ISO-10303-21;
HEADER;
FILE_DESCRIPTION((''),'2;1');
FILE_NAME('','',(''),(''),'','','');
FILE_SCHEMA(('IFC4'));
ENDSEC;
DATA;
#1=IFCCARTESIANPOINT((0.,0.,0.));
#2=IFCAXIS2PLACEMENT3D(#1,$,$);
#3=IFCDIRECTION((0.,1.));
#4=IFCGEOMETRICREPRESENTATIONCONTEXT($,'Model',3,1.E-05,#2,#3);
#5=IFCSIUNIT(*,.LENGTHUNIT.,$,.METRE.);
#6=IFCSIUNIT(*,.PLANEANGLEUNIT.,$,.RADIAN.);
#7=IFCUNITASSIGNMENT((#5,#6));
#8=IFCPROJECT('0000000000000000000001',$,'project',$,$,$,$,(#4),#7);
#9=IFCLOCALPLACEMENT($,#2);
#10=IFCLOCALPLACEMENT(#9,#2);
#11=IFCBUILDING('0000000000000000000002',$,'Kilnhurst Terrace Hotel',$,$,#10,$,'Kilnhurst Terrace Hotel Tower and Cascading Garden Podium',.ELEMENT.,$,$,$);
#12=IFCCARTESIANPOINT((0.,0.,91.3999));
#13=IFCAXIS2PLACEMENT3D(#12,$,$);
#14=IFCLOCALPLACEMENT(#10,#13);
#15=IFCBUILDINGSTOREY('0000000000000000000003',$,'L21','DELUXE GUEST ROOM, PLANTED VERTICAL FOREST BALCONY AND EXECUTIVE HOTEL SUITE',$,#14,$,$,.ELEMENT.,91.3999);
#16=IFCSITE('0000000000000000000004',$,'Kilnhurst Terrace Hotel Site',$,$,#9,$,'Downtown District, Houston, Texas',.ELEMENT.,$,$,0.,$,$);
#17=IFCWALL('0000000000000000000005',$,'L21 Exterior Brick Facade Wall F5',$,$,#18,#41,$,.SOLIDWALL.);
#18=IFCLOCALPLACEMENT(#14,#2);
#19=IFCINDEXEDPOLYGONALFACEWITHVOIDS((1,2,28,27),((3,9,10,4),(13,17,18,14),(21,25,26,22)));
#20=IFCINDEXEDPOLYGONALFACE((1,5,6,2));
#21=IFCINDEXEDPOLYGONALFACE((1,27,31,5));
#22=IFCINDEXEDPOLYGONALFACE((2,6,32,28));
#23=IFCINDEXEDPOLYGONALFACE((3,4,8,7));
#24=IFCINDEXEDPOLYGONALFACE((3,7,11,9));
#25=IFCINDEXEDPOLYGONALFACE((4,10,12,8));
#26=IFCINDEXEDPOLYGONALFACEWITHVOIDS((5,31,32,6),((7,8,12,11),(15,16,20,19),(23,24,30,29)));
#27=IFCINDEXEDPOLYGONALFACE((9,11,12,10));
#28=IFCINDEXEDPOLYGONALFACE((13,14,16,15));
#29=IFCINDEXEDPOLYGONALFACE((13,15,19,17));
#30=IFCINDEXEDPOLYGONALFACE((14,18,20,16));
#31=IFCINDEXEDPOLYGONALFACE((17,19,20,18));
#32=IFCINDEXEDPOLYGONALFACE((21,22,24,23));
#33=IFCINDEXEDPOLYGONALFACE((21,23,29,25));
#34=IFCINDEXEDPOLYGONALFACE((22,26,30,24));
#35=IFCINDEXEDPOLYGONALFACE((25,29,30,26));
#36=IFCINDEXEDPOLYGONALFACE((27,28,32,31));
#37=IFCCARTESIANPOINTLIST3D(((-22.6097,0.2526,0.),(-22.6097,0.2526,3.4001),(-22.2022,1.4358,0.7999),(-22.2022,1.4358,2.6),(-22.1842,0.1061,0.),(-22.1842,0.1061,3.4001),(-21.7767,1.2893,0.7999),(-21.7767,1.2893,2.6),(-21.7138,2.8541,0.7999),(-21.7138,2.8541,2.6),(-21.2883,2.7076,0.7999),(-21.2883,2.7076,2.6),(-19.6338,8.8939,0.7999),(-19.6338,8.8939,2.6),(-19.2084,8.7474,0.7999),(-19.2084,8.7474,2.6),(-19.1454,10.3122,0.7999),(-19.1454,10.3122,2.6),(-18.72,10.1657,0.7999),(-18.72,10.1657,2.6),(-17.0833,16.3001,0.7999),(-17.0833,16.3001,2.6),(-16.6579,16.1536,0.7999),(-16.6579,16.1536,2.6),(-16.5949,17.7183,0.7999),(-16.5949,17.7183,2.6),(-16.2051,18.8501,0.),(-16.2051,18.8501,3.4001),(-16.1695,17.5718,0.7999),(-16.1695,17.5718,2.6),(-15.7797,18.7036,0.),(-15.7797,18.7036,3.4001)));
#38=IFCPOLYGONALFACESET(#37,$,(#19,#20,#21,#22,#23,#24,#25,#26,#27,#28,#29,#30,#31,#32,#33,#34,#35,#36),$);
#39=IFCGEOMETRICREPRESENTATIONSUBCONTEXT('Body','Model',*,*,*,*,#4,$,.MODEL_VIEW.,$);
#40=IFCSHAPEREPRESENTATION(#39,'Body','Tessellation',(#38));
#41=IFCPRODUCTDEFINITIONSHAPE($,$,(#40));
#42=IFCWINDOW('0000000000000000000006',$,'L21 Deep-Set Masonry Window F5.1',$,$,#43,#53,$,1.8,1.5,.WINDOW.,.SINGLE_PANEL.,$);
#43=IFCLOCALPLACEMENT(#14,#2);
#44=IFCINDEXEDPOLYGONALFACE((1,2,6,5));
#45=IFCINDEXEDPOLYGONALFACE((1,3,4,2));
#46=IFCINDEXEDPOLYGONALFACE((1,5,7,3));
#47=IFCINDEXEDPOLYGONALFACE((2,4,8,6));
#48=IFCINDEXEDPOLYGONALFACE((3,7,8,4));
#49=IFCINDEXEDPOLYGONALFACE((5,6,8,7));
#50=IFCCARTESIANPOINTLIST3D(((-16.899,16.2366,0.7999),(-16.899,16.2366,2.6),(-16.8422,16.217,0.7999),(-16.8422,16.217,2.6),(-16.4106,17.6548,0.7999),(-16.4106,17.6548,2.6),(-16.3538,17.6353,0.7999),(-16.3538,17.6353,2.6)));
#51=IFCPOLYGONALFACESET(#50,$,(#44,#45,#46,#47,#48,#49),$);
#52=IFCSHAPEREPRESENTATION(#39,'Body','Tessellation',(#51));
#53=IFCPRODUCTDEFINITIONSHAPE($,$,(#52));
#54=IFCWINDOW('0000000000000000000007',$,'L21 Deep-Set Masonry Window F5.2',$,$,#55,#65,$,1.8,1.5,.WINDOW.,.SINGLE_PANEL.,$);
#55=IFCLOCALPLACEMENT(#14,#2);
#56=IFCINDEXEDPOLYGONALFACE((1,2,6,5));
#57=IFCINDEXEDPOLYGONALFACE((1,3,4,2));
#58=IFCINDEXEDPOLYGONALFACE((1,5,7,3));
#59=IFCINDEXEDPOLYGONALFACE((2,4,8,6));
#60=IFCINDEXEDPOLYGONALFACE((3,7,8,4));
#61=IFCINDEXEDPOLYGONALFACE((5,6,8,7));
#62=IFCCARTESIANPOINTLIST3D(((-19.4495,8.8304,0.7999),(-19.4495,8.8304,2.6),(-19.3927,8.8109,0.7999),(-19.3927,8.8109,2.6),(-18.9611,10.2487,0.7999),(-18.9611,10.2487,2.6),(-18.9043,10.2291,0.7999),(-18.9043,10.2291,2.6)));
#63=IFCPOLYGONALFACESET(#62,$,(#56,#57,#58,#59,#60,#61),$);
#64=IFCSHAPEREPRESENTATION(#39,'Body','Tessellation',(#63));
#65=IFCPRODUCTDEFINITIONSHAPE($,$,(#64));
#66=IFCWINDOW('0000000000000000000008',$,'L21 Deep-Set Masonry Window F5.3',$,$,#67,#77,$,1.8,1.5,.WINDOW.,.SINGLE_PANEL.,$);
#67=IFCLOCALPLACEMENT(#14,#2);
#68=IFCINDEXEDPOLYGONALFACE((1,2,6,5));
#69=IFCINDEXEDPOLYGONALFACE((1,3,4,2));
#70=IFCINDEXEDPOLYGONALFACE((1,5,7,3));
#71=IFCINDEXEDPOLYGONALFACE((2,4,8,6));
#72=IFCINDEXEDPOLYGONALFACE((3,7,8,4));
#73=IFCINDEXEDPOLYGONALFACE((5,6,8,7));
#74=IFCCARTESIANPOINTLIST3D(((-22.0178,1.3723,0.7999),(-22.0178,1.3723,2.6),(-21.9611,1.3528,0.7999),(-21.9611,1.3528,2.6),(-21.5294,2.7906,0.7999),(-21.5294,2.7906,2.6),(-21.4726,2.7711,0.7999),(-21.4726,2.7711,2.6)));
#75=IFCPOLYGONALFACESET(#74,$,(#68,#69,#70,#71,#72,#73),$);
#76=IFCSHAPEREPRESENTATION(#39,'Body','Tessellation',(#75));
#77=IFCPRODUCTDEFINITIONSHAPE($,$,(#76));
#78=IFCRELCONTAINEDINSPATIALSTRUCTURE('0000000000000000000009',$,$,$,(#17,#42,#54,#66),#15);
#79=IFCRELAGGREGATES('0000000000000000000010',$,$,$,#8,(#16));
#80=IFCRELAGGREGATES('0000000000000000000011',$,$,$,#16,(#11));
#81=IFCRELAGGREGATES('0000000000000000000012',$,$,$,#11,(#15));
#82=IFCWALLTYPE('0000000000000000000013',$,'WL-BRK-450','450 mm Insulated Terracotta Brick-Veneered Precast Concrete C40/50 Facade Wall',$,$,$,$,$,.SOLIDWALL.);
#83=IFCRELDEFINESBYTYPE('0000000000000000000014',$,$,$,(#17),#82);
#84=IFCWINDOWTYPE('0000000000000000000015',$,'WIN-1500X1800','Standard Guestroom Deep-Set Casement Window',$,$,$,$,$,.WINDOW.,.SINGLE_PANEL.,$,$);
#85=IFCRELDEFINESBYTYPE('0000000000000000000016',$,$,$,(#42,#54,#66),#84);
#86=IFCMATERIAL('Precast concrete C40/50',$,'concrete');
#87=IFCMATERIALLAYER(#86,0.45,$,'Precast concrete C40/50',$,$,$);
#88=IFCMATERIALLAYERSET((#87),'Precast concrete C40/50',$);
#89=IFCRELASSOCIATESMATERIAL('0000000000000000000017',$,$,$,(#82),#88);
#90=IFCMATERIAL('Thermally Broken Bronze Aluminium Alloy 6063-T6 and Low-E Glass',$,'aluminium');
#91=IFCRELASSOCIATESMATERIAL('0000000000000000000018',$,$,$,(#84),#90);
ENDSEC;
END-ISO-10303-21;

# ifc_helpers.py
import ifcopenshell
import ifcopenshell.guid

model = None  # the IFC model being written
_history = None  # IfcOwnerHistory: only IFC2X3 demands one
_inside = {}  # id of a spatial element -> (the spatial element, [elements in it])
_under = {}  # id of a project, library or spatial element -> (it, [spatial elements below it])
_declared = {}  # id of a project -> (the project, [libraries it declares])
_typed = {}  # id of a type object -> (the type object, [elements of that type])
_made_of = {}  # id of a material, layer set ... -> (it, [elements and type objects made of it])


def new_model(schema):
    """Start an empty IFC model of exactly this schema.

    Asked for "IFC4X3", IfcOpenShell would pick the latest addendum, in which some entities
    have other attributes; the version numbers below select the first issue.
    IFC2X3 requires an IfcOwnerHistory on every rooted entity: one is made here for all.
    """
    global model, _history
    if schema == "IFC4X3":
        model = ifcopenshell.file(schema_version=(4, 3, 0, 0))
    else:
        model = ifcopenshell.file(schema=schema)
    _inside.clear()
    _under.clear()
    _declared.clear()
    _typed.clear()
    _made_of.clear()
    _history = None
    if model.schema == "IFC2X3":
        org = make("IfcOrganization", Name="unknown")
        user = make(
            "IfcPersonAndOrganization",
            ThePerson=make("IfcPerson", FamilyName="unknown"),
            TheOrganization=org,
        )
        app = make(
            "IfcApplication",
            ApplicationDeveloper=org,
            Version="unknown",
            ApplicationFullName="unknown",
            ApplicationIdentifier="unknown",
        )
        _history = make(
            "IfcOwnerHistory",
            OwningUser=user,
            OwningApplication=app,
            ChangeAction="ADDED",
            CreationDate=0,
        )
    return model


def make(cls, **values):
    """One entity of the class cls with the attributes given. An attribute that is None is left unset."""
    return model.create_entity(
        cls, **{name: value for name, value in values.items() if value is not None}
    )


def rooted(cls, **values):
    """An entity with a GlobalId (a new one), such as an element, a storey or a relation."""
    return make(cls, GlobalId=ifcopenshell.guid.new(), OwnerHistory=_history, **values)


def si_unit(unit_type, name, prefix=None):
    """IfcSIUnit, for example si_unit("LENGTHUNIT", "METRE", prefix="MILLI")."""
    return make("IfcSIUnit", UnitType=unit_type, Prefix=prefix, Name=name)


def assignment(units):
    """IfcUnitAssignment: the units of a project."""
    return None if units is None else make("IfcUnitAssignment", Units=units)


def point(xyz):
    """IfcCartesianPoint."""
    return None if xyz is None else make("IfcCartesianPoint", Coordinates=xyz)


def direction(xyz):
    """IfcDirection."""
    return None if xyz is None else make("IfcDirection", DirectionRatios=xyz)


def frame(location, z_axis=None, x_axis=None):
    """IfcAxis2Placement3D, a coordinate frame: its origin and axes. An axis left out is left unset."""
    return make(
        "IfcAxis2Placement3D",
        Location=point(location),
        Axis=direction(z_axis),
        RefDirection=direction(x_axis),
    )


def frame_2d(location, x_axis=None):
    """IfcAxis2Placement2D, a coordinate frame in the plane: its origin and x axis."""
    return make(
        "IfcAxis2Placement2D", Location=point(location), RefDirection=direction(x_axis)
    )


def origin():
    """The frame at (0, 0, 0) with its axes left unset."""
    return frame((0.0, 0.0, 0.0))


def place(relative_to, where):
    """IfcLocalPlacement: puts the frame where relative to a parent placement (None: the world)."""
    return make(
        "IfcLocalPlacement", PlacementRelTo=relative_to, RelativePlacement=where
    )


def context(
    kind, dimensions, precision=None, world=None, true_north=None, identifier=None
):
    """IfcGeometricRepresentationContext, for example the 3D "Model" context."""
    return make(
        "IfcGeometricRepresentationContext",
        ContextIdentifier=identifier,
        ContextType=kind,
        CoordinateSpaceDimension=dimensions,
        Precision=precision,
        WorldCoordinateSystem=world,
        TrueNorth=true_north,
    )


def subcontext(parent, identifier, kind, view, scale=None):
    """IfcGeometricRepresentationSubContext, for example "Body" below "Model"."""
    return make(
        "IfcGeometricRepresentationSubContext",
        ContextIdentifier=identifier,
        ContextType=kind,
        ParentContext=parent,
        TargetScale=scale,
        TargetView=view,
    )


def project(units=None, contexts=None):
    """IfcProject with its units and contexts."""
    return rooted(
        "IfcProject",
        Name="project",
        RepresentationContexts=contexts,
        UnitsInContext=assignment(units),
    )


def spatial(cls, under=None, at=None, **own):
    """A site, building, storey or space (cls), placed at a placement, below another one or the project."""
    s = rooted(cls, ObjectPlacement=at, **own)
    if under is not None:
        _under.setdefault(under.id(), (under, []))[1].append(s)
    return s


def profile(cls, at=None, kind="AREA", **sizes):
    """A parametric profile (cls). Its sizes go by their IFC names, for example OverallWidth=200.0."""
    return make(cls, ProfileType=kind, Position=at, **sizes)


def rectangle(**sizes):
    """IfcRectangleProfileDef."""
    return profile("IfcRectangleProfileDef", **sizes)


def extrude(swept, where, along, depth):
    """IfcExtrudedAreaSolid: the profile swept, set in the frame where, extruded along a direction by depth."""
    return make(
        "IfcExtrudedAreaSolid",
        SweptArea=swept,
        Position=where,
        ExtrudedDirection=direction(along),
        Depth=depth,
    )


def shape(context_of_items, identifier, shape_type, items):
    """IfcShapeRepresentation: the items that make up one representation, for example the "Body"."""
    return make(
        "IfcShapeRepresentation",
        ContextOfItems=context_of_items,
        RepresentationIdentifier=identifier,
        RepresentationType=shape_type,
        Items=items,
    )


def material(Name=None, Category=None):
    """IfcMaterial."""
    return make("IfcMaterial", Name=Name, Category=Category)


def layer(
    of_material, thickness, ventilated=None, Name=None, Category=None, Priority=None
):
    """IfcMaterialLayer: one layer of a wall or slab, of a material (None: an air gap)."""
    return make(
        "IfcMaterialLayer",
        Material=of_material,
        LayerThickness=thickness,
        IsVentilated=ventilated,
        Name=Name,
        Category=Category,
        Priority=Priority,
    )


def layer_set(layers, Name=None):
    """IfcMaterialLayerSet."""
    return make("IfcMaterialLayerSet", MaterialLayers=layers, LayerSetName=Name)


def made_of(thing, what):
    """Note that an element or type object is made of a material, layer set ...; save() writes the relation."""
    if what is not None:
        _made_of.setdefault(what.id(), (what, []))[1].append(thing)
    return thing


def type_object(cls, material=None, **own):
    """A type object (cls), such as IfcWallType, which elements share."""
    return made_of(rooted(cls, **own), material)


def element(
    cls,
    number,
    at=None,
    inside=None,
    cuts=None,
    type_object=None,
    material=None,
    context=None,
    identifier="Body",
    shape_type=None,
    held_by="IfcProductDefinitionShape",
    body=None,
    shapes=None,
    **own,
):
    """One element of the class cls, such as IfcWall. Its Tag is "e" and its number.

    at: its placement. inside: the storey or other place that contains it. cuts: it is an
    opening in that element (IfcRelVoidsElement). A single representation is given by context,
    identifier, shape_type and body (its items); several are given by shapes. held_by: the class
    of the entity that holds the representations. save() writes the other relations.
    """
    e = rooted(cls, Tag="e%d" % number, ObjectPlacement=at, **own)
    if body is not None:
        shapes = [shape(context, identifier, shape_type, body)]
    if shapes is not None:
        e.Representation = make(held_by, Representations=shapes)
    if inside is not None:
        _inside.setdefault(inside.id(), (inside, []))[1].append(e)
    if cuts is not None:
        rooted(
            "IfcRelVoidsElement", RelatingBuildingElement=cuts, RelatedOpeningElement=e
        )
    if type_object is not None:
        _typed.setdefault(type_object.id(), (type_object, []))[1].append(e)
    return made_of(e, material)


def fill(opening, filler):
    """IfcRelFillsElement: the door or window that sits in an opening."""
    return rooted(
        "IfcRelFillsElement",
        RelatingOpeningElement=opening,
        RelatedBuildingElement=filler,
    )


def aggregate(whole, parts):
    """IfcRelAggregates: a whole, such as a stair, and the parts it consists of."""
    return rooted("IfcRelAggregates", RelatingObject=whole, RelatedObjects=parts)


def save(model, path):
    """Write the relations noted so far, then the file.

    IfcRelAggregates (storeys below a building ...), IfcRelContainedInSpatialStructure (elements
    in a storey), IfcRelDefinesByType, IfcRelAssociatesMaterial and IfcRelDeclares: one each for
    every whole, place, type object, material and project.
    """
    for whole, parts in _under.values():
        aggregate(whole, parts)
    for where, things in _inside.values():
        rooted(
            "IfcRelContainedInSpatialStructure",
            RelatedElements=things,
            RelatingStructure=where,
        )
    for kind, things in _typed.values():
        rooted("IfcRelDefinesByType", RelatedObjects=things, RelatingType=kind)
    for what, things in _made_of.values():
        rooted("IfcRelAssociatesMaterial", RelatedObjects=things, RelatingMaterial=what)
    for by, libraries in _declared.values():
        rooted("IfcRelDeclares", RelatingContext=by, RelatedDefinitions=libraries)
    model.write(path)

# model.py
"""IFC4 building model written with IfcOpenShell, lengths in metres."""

from ifc_helpers import new_model, si_unit, direction, frame, frame_2d, origin, place, context, subcontext, project, spatial, rectangle, extrude, material, layer, layer_set, type_object, element, fill, save


model = new_model("IFC4")

# Units and contexts
model_context = context("Model", 3, precision=1e-05, world=origin(), true_north=direction((0.0, 1.0)))
body_context = subcontext(model_context, "Body", "Model", "MODEL_VIEW")
ifc_project = project(units=[si_unit("LENGTHUNIT", "METRE"), si_unit("PLANEANGLEUNIT", "RADIAN")], contexts=[model_context])

# Site, building, storey
site_placement = place(None, origin())
site = spatial("IfcSite", under=ifc_project, at=site_placement, Name="Kilnhurst Terrace Hotel Site", LongName="Downtown District, Houston, Texas", CompositionType="ELEMENT", RefElevation=0.0)
building_placement = place(site_placement, origin())
building = spatial("IfcBuilding", under=site, at=building_placement, Name="Kilnhurst Terrace Hotel", LongName="Kilnhurst Terrace Hotel Tower and Cascading Garden Podium", CompositionType="ELEMENT")
storey_placement = place(building_placement, frame((0.0, 0.0, 91.3999)))
storey = spatial("IfcBuildingStorey", under=building, at=storey_placement, Name="L21", Description="DELUXE GUEST ROOM, PLANTED VERTICAL FOREST BALCONY AND EXECUTIVE HOTEL SUITE", CompositionType="ELEMENT", Elevation=91.3999)

# Shared definitions
ifc_material_1 = material(Name="Precast concrete C40/50", Category="concrete")
ifc_layer_1 = layer(ifc_material_1, 0.45, Name="Precast concrete C40/50")
ifc_layer_set_1 = layer_set([ifc_layer_1], Name="Precast concrete C40/50")
wall_type_1 = type_object("IfcWallType", Name="WL-BRK-450", Description="450 mm Insulated Terracotta Brick-Veneered Precast Concrete C40/50 Facade Wall", PredefinedType="SOLIDWALL", material=ifc_layer_set_1)

# Wall, openings, windows
wall_1_placement = place(storey_placement, frame((-15.9924, 18.7769, 0.0), z_axis=(0.0, 0.0, 1.0), x_axis=(-0.325607, -0.945505, 0.0)))
wall_1 = element("IfcWall", 1, at=wall_1_placement, inside=storey, type_object=wall_type_1, Name="L21 Exterior Brick Facade Wall F5", PredefinedType="SOLIDWALL", context=body_context, shape_type="SweptSolid", body=[
    extrude(rectangle(XDim=19.6694, YDim=0.45, at=frame_2d((9.8347, 0.0))), origin(), (0.0, 0.0, 1.0), 3.4001),
])
opening_1_placement = place(wall_1_placement, frame((1.197, 0.0, 0.8)))
opening_1 = element("IfcOpeningElement", 2, at=opening_1_placement, cuts=wall_1, PredefinedType="OPENING", context=body_context, shape_type="SweptSolid", body=[
    extrude(rectangle(XDim=1.5, YDim=1.8, at=frame_2d((0.75, 0.8999))), frame((0.0, 0.2349, 0.0), z_axis=(0.0, -1.0, 0.0), x_axis=(1.0, 0.0, 0.0)), (0.0, 0.0, 1.0), 0.47),
])
opening_2_placement = place(wall_1_placement, frame((9.03, 0.0, 0.8)))
opening_2 = element("IfcOpeningElement", 3, at=opening_2_placement, cuts=wall_1, PredefinedType="OPENING", context=body_context, shape_type="SweptSolid", body=[
    extrude(rectangle(XDim=1.5, YDim=1.8, at=frame_2d((0.75, 0.8999))), frame((0.0, 0.2349, 0.0), z_axis=(0.0, -1.0, 0.0), x_axis=(1.0, 0.0, 0.0)), (0.0, 0.0, 1.0), 0.47),
])
opening_3_placement = place(wall_1_placement, frame((16.918, 0.0, 0.8)))
opening_3 = element("IfcOpeningElement", 4, at=opening_3_placement, cuts=wall_1, PredefinedType="OPENING", context=body_context, shape_type="SweptSolid", body=[
    extrude(rectangle(XDim=1.5, YDim=1.8, at=frame_2d((0.75, 0.8999))), frame((0.0, 0.2349, 0.0), z_axis=(0.0, -1.0, 0.0), x_axis=(1.0, 0.0, 0.0)), (0.0, 0.0, 1.0), 0.47),
])
ifc_material_2 = material(Name="Thermally Broken Bronze Aluminium Alloy 6063-T6 and Low-E Glass", Category="aluminium")
window_type = type_object("IfcWindowType", Name="WIN-1500X1800", Description="Standard Guestroom Deep-Set Casement Window", PartitioningType="SINGLE_PANEL", PredefinedType="WINDOW", material=ifc_material_2)
window_1_placement = place(opening_1_placement, origin())
window_1 = element("IfcWindow", 5, at=window_1_placement, inside=storey, type_object=window_type, Name="L21 Deep-Set Masonry Window F5.1", OverallHeight=1.8, OverallWidth=1.5, PartitioningType="SINGLE_PANEL", PredefinedType="WINDOW", context=body_context, shape_type="SweptSolid", body=[
    extrude(rectangle(XDim=1.5, YDim=1.8, at=frame_2d((0.75, 0.8999))), frame((0.0, 0.03, 0.0), z_axis=(0.0, -1.0, 0.0), x_axis=(1.0, 0.0, 0.0)), (0.0, 0.0, 1.0), 0.0601),
])
fill(opening_1, window_1)
window_2_placement = place(opening_2_placement, origin())
window_2 = element("IfcWindow", 6, at=window_2_placement, inside=storey, type_object=window_type, Name="L21 Deep-Set Masonry Window F5.2", OverallHeight=1.8, OverallWidth=1.5, PartitioningType="SINGLE_PANEL", PredefinedType="WINDOW", context=body_context, shape_type="SweptSolid", body=[
    extrude(rectangle(XDim=1.5, YDim=1.8, at=frame_2d((0.75, 0.8999))), frame((0.0, 0.03, 0.0), z_axis=(0.0, -1.0, 0.0), x_axis=(1.0, 0.0, 0.0)), (0.0, 0.0, 1.0), 0.0601),
])
fill(opening_2, window_2)
window_3_placement = place(opening_3_placement, origin())
window_3 = element("IfcWindow", 7, at=window_3_placement, inside=storey, type_object=window_type, Name="L21 Deep-Set Masonry Window F5.3", OverallHeight=1.8, OverallWidth=1.5, PartitioningType="SINGLE_PANEL", PredefinedType="WINDOW", context=body_context, shape_type="SweptSolid", body=[
    extrude(rectangle(XDim=1.5, YDim=1.8, at=frame_2d((0.75, 0.8999))), frame((0.0, 0.03, 0.0), z_axis=(0.0, -1.0, 0.0), x_axis=(1.0, 0.0, 0.0)), (0.0, 0.0, 1.0), 0.0601),
])
fill(opening_3, window_3)

save(model, "model.ifc")
